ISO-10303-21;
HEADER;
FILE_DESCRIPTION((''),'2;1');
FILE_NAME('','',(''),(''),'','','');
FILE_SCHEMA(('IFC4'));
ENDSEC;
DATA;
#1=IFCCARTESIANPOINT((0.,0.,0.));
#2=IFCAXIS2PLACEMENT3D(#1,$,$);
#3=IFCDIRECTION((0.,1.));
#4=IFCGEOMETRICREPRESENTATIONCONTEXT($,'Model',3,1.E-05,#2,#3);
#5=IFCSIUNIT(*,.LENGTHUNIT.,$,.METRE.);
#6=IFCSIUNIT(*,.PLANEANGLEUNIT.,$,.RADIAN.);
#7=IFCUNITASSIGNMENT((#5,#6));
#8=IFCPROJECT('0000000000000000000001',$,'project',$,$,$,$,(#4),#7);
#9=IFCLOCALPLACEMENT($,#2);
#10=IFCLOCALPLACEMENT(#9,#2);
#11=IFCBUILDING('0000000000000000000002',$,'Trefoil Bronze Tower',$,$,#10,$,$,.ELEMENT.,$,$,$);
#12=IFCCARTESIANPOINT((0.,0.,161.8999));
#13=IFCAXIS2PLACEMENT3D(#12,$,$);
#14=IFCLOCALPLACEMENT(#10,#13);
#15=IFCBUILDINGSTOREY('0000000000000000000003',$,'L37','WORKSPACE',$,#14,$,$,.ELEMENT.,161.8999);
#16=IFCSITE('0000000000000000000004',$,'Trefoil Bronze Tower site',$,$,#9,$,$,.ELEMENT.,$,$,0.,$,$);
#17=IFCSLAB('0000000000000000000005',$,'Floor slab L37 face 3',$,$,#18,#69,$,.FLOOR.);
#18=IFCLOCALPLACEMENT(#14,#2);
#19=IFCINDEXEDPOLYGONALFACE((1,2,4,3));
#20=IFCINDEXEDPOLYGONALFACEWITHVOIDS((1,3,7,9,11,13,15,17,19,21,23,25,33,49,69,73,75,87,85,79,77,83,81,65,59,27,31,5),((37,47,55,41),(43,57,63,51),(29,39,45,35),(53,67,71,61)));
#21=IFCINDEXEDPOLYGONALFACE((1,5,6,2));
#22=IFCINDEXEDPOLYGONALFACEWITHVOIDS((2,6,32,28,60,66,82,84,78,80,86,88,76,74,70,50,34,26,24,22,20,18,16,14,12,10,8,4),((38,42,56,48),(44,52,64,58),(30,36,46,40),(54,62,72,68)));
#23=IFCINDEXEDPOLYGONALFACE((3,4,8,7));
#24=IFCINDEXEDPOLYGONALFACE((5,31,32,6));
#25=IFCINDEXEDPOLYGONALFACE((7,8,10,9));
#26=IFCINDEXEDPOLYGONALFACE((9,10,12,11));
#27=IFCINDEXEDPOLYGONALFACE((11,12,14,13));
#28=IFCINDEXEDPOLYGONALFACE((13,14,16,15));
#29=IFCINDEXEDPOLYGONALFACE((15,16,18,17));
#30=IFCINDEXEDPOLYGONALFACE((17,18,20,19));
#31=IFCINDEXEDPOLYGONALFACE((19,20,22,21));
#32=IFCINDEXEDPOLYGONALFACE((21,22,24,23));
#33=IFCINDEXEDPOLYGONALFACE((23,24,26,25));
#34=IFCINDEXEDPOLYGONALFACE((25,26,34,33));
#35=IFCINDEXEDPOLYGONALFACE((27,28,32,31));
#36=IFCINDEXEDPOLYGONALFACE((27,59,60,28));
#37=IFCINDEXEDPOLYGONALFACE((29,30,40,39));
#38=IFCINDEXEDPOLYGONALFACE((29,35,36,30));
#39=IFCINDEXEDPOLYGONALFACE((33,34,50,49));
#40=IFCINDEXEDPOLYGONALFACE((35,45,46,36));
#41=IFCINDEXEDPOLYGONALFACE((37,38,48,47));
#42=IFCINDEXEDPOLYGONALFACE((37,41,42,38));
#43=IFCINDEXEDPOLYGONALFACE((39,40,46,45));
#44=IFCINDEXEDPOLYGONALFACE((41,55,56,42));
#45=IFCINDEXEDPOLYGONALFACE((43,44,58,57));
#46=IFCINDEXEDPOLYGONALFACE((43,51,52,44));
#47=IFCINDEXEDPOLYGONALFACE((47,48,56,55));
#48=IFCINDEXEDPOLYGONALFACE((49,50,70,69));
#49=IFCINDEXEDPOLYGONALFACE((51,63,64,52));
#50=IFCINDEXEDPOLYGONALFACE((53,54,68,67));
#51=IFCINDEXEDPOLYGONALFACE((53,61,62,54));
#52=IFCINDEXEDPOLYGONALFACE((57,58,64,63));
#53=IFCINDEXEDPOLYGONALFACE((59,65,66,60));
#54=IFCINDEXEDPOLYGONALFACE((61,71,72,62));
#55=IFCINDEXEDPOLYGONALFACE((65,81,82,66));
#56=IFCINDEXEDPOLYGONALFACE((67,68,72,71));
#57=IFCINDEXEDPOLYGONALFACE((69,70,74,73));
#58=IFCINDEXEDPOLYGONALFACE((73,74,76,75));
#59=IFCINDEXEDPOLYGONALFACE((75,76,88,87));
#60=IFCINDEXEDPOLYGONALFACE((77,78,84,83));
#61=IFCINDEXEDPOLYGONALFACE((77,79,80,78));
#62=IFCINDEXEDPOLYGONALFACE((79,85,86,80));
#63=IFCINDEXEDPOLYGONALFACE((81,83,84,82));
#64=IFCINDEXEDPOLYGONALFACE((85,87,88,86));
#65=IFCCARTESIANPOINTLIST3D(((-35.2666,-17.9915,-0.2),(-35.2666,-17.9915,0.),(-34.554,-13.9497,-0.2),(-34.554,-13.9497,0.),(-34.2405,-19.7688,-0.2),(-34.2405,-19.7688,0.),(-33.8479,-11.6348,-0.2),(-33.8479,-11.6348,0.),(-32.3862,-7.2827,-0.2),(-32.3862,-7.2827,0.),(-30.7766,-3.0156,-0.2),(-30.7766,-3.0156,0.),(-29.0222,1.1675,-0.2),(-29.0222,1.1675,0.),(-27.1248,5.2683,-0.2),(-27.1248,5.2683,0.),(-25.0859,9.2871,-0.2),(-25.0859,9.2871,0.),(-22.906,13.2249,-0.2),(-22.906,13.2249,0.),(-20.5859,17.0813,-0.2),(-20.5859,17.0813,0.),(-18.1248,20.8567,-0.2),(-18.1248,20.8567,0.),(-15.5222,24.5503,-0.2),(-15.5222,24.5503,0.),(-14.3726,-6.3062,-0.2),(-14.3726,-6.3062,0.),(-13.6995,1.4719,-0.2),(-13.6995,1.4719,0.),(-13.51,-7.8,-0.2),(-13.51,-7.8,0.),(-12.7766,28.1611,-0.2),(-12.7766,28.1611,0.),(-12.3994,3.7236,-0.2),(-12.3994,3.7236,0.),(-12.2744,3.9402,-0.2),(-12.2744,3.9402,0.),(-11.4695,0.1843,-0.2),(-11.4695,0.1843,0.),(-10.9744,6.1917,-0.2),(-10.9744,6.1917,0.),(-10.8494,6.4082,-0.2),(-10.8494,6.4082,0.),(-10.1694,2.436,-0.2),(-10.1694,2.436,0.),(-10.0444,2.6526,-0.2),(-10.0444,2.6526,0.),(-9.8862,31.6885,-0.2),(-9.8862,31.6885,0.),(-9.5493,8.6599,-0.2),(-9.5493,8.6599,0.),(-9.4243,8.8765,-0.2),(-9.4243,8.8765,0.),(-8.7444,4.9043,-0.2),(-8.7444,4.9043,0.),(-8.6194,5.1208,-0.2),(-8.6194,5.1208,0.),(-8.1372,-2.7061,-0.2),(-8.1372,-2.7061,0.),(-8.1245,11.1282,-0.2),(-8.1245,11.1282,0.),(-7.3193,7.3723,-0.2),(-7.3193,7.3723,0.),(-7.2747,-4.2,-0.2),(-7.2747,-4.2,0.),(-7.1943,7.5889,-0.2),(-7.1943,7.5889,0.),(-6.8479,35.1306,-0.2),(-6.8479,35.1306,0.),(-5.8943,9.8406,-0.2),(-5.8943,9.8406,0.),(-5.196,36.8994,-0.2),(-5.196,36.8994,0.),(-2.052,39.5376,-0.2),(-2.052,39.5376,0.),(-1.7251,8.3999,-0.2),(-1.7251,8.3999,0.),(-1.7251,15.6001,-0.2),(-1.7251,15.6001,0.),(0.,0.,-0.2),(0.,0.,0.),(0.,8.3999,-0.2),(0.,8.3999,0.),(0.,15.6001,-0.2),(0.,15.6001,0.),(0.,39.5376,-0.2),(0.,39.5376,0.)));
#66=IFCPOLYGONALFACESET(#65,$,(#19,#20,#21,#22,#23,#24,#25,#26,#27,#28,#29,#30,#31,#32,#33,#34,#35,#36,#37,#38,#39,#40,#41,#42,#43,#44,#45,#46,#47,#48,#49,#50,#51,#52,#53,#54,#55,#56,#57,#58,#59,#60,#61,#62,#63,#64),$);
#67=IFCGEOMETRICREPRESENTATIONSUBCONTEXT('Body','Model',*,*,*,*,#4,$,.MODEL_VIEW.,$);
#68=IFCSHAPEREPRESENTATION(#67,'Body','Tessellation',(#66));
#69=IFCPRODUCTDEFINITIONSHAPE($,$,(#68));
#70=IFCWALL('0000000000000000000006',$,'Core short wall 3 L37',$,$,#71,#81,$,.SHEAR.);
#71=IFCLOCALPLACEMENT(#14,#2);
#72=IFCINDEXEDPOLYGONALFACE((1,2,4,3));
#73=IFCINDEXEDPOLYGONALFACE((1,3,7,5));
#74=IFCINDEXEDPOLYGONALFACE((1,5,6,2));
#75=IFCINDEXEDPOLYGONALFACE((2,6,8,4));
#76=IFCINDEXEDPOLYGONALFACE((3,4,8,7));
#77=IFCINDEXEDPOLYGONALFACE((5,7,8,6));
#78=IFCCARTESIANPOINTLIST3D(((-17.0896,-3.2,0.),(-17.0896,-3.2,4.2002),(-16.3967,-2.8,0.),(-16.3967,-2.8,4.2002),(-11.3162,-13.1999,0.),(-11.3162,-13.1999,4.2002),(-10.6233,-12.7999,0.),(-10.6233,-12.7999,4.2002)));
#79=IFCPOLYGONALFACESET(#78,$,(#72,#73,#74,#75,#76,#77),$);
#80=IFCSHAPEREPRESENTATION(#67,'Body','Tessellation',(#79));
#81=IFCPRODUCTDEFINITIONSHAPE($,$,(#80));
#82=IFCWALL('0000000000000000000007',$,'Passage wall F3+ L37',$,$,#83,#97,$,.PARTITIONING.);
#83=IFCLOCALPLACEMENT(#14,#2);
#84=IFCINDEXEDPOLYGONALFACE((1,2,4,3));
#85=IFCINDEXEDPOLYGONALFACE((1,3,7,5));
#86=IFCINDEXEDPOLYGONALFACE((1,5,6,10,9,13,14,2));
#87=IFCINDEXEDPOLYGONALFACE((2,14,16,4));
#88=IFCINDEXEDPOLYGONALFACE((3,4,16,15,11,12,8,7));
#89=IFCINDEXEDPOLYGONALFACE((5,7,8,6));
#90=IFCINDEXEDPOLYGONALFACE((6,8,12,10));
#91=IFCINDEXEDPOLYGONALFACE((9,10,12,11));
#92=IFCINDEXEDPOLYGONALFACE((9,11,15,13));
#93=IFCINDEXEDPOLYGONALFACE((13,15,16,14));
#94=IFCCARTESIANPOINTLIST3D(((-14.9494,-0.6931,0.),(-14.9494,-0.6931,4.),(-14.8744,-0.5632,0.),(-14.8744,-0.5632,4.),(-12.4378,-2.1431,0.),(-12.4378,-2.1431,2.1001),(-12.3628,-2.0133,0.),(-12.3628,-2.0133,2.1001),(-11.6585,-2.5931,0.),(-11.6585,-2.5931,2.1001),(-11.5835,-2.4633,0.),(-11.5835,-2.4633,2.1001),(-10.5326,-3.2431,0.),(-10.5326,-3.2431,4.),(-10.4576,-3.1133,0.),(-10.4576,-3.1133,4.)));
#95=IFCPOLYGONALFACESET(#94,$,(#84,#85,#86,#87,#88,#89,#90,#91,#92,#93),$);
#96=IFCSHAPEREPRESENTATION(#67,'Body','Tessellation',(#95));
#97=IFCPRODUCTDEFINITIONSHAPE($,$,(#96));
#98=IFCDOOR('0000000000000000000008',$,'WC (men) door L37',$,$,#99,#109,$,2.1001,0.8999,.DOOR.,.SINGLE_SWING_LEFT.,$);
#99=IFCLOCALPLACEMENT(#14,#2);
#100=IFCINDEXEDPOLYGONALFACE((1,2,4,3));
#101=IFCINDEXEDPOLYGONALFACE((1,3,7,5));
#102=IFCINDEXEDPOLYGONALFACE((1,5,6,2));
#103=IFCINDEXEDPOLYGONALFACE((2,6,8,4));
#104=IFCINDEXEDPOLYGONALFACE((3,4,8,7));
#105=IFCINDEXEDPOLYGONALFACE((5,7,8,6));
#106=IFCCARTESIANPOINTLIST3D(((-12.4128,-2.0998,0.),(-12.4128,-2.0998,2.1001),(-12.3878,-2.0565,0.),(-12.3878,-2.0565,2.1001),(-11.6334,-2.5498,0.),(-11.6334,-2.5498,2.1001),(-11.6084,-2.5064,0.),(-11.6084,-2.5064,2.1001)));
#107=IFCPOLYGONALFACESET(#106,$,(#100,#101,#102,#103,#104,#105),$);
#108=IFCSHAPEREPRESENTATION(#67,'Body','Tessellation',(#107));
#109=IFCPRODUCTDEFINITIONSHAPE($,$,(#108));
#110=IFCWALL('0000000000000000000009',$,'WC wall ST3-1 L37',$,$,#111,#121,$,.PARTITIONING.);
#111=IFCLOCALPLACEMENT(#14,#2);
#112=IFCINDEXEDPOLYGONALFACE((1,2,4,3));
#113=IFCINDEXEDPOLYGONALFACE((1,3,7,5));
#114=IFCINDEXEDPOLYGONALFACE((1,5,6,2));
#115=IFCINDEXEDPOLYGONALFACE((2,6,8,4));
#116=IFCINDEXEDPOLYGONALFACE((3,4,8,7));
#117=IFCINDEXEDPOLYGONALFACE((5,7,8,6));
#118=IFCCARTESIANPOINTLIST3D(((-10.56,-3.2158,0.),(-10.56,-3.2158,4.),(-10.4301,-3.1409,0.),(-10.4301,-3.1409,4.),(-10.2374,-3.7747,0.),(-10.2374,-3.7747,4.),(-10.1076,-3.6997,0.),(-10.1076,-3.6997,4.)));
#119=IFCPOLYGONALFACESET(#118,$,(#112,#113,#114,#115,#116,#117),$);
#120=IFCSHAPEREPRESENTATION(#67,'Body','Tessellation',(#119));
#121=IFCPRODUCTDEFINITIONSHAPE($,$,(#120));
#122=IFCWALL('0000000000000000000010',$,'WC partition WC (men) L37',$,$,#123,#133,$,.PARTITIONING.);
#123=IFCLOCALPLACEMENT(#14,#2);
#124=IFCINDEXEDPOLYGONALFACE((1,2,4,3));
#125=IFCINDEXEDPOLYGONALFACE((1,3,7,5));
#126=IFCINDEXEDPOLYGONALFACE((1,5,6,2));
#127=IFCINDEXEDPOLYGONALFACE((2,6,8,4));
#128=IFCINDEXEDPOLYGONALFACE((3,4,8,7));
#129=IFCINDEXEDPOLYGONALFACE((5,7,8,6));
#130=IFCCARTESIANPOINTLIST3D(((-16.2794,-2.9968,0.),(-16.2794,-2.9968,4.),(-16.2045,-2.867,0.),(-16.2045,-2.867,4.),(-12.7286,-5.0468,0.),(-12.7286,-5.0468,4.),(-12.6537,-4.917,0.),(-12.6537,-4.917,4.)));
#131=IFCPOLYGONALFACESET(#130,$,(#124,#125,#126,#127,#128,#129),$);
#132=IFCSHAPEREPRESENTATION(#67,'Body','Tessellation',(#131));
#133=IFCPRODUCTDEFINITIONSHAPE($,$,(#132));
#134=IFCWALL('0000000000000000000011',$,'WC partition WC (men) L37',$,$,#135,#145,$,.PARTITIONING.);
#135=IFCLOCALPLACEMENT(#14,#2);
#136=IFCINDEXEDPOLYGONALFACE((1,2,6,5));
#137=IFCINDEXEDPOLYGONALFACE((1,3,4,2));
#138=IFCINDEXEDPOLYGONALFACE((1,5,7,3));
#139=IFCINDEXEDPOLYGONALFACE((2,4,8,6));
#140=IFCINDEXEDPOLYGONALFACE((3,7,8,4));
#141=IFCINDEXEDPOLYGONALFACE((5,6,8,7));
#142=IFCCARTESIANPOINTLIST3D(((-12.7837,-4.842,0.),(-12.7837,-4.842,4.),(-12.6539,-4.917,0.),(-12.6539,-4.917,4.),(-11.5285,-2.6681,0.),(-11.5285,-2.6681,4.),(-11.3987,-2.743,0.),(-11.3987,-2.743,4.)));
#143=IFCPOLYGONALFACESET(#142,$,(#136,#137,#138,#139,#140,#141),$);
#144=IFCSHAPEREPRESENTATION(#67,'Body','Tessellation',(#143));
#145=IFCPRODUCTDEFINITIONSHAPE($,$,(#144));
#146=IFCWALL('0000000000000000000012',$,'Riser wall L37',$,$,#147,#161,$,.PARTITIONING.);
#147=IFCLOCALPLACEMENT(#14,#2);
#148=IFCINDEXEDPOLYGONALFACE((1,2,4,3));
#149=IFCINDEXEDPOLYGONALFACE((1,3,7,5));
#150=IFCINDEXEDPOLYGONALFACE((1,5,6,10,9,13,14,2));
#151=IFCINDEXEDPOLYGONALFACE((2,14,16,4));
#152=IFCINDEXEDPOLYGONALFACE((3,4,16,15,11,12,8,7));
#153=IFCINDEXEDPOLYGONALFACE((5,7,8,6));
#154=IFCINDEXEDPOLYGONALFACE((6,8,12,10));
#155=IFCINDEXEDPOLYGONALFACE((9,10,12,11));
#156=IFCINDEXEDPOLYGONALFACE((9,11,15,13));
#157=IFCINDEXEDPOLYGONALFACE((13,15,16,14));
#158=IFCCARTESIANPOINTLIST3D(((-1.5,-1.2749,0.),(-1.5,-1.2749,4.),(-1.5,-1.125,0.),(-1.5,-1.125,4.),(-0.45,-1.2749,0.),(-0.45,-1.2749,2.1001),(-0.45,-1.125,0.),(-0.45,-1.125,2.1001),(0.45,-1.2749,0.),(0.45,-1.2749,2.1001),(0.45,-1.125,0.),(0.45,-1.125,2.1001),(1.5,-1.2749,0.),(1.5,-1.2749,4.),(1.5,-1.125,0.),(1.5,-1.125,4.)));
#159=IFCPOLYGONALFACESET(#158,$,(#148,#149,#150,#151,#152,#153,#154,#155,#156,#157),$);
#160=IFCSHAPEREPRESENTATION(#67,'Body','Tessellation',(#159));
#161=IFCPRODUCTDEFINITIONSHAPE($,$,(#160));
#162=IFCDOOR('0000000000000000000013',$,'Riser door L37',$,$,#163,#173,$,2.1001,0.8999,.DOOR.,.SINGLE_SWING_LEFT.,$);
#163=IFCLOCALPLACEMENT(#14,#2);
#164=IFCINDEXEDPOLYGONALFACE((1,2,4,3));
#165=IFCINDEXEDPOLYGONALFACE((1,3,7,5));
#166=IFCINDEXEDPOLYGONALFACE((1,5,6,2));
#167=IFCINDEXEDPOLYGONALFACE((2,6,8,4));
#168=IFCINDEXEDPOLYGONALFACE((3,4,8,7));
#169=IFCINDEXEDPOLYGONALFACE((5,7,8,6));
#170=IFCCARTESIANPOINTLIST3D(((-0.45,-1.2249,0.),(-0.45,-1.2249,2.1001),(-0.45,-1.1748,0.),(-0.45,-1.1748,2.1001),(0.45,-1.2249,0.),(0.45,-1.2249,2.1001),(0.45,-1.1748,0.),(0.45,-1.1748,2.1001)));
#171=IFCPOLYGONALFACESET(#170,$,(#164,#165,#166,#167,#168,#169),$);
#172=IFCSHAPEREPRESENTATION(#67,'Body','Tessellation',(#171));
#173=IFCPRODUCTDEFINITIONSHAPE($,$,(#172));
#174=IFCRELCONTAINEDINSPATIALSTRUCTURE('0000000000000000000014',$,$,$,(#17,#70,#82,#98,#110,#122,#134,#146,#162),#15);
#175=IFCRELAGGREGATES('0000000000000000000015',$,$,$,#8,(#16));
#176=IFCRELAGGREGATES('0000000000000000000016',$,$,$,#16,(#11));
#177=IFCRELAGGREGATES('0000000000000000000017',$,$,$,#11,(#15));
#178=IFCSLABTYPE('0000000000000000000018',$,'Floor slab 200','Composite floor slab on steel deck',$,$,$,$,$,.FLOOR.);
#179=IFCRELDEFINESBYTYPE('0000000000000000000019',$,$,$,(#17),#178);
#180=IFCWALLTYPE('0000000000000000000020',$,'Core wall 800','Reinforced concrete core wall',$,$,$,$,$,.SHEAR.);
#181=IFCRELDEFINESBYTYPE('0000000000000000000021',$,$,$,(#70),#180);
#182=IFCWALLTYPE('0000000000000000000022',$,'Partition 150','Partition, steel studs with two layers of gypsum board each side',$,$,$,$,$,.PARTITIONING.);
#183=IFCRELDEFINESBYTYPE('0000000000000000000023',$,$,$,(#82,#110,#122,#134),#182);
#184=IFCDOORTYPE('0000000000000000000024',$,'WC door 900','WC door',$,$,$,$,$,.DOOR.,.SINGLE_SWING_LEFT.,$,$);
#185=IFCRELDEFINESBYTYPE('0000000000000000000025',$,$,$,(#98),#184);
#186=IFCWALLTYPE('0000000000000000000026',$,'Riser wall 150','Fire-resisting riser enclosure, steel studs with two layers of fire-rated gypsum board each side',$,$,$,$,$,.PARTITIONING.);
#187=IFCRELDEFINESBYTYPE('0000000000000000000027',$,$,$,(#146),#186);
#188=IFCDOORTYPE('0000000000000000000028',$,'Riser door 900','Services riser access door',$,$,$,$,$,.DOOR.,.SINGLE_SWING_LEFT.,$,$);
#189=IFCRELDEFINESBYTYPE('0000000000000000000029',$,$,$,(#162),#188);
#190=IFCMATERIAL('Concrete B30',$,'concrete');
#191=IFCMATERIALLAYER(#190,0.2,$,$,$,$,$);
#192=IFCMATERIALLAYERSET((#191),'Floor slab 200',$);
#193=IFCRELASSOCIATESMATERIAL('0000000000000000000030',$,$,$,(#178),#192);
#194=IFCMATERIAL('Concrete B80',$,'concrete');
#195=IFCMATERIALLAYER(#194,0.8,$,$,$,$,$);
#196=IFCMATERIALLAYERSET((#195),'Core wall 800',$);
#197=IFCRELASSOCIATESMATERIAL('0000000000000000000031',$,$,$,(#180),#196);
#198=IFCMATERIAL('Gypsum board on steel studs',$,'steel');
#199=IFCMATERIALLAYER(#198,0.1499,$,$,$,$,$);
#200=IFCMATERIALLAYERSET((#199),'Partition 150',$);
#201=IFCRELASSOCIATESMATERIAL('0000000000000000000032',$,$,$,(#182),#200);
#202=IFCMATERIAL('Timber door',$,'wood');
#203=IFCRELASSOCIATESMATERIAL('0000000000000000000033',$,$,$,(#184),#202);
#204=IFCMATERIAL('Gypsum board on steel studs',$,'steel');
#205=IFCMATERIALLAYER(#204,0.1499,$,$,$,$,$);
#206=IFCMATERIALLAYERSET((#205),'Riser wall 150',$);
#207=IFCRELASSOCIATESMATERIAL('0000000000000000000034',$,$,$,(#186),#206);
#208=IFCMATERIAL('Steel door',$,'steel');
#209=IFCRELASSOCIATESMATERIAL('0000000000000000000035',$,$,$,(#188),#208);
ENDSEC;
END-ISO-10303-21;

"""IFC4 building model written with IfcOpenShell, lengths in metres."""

from ifc_helpers import new_model, si_unit, direction, frame, frame_2d, origin, place, context, subcontext, project, spatial, polyline, rectangle, outline, extrude, material, layer, layer_set, type_object, element, fill, save


model = new_model("IFC4")

# Units and contexts
model_context = context("Model", 3, precision=1e-05, world=origin(), true_north=direction((0.0, 1.0)))
body_context = subcontext(model_context, "Body", "Model", "MODEL_VIEW")
ifc_project = project(units=[si_unit("LENGTHUNIT", "METRE"), si_unit("PLANEANGLEUNIT", "RADIAN")], contexts=[model_context])

# Site, building, storey
site_placement = place(None, origin())
site = spatial("IfcSite", under=ifc_project, at=site_placement, Name="Trefoil Bronze Tower site", CompositionType="ELEMENT", RefElevation=0.0)
building_placement = place(site_placement, origin())
building = spatial("IfcBuilding", under=site, at=building_placement, Name="Trefoil Bronze Tower", CompositionType="ELEMENT")
storey_placement = place(building_placement, frame((0.0, 0.0, 161.8999)))
storey = spatial("IfcBuildingStorey", under=building, at=storey_placement, Name="L37", Description="WORKSPACE", CompositionType="ELEMENT", Elevation=161.8999)

# Slab
ifc_material_1 = material(Name="Concrete B30", Category="concrete")
ifc_layer_1 = layer(ifc_material_1, 0.2)
ifc_layer_set_1 = layer_set([ifc_layer_1], Name="Floor slab 200")
slab_type = type_object("IfcSlabType", Name="Floor slab 200", Description="Composite floor slab on steel deck", PredefinedType="FLOOR", material=ifc_layer_set_1)
slab_1_placement = place(storey_placement, frame((0.0, 0.0, -0.2)))
element("IfcSlab", 1, at=slab_1_placement, inside=storey, type_object=slab_type, Name="Floor slab L37 face 3", PredefinedType="FLOOR", context=body_context, shape_type="SweptSolid", body=[
    extrude(outline(polyline([(-32.3862, -7.2827), (-30.7766, -3.0156), (-29.0222, 1.1675), (-27.1248, 5.2683), (-25.0859, 9.2871), (-22.906, 13.2249), (-20.5859, 17.0813), (-18.1248, 20.8567), (-15.5222, 24.5503), (-12.7766, 28.1611), (-9.8862, 31.6885), (-6.8479, 35.1306), (-5.196, 36.8994), (-2.052, 39.5376), (0.0, 39.5376), (0.0, 15.6001), (-1.7251, 15.6001), (-1.7251, 8.3999), (0.0, 8.3999), (0.0, 0.0), (-7.2747, -4.2), (-8.1372, -2.7061), (-14.3726, -6.3062), (-13.51, -7.8), (-34.2405, -19.7688), (-35.2666, -17.9915), (-34.554, -13.9497), (-33.8479, -11.6348), (-32.3862, -7.2827)]), holes=[polyline([(-5.8943, 9.8406), (-7.1943, 7.5889), (-9.4243, 8.8765), (-8.1245, 11.1282), (-5.8943, 9.8406)]), polyline([(-7.3193, 7.3723), (-8.6194, 5.1208), (-10.8494, 6.4082), (-9.5493, 8.6599), (-7.3193, 7.3723)]), polyline([(-8.7444, 4.9043), (-10.0444, 2.6526), (-12.2744, 3.9402), (-10.9744, 6.1917), (-8.7444, 4.9043)]), polyline([(-10.1694, 2.436), (-11.4695, 0.1843), (-13.6995, 1.4719), (-12.3994, 3.7236), (-10.1694, 2.436)])]), origin(), (0.0, 0.0, 1.0), 0.2),
])

# Wall
ifc_material_2 = material(Name="Concrete B80", Category="concrete")
ifc_layer_2 = layer(ifc_material_2, 0.8)
ifc_layer_set_2 = layer_set([ifc_layer_2], Name="Core wall 800")
wall_type_1 = type_object("IfcWallType", Name="Core wall 800", Description="Reinforced concrete core wall", PredefinedType="SHEAR", material=ifc_layer_set_2)
wall_1_placement = place(storey_placement, frame((-16.7432, -3.0, 0.0), z_axis=(0.0, 0.0, 1.0), x_axis=(0.499996, -0.866028, 0.0)))
element("IfcWall", 2, at=wall_1_placement, inside=storey, type_object=wall_type_1, Name="Core short wall 3 L37", PredefinedType="SHEAR", context=body_context, shape_type="SweptSolid", body=[
    extrude(rectangle(XDim=11.5469, YDim=0.8, at=frame_2d((5.7734, 0.0))), origin(), (0.0, 0.0, 1.0), 4.2002),
])

# Wall, opening, door
ifc_material_3 = material(Name="Gypsum board on steel studs", Category="steel")
ifc_layer_3 = layer(ifc_material_3, 0.1499)
ifc_layer_set_3 = layer_set([ifc_layer_3], Name="Partition 150")
wall_type_2 = type_object("IfcWallType", Name="Partition 150", Description="Partition, steel studs with two layers of gypsum board each side", PredefinedType="PARTITIONING", material=ifc_layer_set_3)
wall_2_placement = place(storey_placement, frame((-10.4951, -3.1782, 0.0), z_axis=(0.0, 0.0, 1.0), x_axis=(-0.866022, 0.500006, 0.0)))
wall_2 = element("IfcWall", 3, at=wall_2_placement, inside=storey, type_object=wall_type_2, Name="Passage wall F3+ L37", PredefinedType="PARTITIONING", context=body_context, shape_type="SweptSolid", body=[
    extrude(rectangle(XDim=5.1001, YDim=0.1499, at=frame_2d((2.55, 0.0))), origin(), (0.0, 0.0, 1.0), 4.0),
])
opening_1_placement = place(wall_2_placement, frame((1.3, 0.0, 0.0)))
opening_1 = element("IfcOpeningElement", 4, at=opening_1_placement, cuts=wall_2, PredefinedType="OPENING", context=body_context, shape_type="SweptSolid", body=[
    extrude(rectangle(XDim=0.8999, YDim=2.1001, at=frame_2d((0.45, 1.05))), frame((0.0, 0.085, 0.0), z_axis=(0.0, -1.0, 0.0), x_axis=(1.0, 0.0, 0.0)), (0.0, 0.0, 1.0), 0.1699),
])
ifc_material_4 = material(Name="Timber door", Category="wood")
door_type_1 = type_object("IfcDoorType", Name="WC door 900", Description="WC door", OperationType="SINGLE_SWING_LEFT", PredefinedType="DOOR", material=ifc_material_4)
door_1_placement = place(opening_1_placement, origin())
door_1 = element("IfcDoor", 5, at=door_1_placement, inside=storey, type_object=door_type_1, Name="WC (men) door L37", OperationType="SINGLE_SWING_LEFT", OverallHeight=2.1001, OverallWidth=0.8999, PredefinedType="DOOR", context=body_context, shape_type="SweptSolid", body=[
    extrude(rectangle(XDim=0.8999, YDim=2.1001, at=frame_2d((0.45, 1.05))), frame((0.0, 0.0249, 0.0), z_axis=(0.0, -1.0, 0.0), x_axis=(1.0, 0.0, 0.0)), (0.0, 0.0, 1.0), 0.05),
])
fill(opening_1, door_1)

# Walls
wall_3_placement = place(storey_placement, frame((-10.4951, -3.1782, 0.0), z_axis=(0.0, 0.0, 1.0), x_axis=(0.499843, -0.866116, 0.0)))
element("IfcWall", 6, at=wall_3_placement, inside=storey, type_object=wall_type_2, Name="WC wall ST3-1 L37", PredefinedType="PARTITIONING", context=body_context, shape_type="SweptSolid", body=[
    extrude(rectangle(XDim=0.6453, YDim=0.1499, at=frame_2d((0.3228, 0.0))), origin(), (0.0, 0.0, 1.0), 4.0),
])
wall_4_placement = place(storey_placement, frame((-12.6912, -4.9819, 0.0), z_axis=(0.0, 0.0, 1.0), x_axis=(-0.866025, 0.500001, 0.0)))
element("IfcWall", 7, at=wall_4_placement, inside=storey, type_object=wall_type_2, Name="WC partition WC (men) L37", PredefinedType="PARTITIONING", context=body_context, shape_type="SweptSolid", body=[
    extrude(rectangle(XDim=4.1001, YDim=0.1499, at=frame_2d((2.05, 0.0))), origin(), (0.0, 0.0, 1.0), 4.0),
])
wall_5_placement = place(storey_placement, frame((-11.4636, -2.7056, 0.0), z_axis=(0.0, 0.0, 1.0), x_axis=(-0.50002, -0.866014, 0.0)))
element("IfcWall", 8, at=wall_5_placement, inside=storey, type_object=wall_type_2, Name="WC partition WC (men) L37", PredefinedType="PARTITIONING", context=body_context, shape_type="SweptSolid", body=[
    extrude(rectangle(XDim=2.5103, YDim=0.1499, at=frame_2d((1.2551, 0.0))), origin(), (0.0, 0.0, 1.0), 4.0),
])

# Wall, opening, door
ifc_material_5 = material(Name="Gypsum board on steel studs", Category="steel")
ifc_layer_4 = layer(ifc_material_5, 0.1499)
ifc_layer_set_4 = layer_set([ifc_layer_4], Name="Riser wall 150")
wall_type_3 = type_object("IfcWallType", Name="Riser wall 150", Description="Fire-resisting riser enclosure, steel studs with two layers of fire-rated gypsum board each side", PredefinedType="PARTITIONING", material=ifc_layer_set_4)
wall_6_placement = place(storey_placement, frame((-1.5, -1.2, 0.0), z_axis=(0.0, 0.0, 1.0), x_axis=(1.0, 0.0, 0.0)))
wall_6 = element("IfcWall", 9, at=wall_6_placement, inside=storey, type_object=wall_type_3, Name="Riser wall L37", PredefinedType="PARTITIONING", context=body_context, shape_type="SweptSolid", body=[
    extrude(rectangle(XDim=3.0, YDim=0.1499, at=frame_2d((1.5, 0.0))), origin(), (0.0, 0.0, 1.0), 4.0),
])
opening_2_placement = place(wall_6_placement, frame((1.05, 0.0, 0.0)))
opening_2 = element("IfcOpeningElement", 10, at=opening_2_placement, cuts=wall_6, PredefinedType="OPENING", context=body_context, shape_type="SweptSolid", body=[
    extrude(rectangle(XDim=0.8999, YDim=2.1001, at=frame_2d((0.45, 1.05))), frame((0.0, 0.085, 0.0), z_axis=(0.0, -1.0, 0.0), x_axis=(1.0, 0.0, 0.0)), (0.0, 0.0, 1.0), 0.1699),
])
ifc_material_6 = material(Name="Steel door", Category="steel")
door_type_2 = type_object("IfcDoorType", Name="Riser door 900", Description="Services riser access door", OperationType="SINGLE_SWING_LEFT", PredefinedType="DOOR", material=ifc_material_6)
door_2_placement = place(opening_2_placement, frame((0.8999, 0.0, 0.0), z_axis=(0.0, 0.0, 1.0), x_axis=(-1.0, 0.0, 0.0)))
door_2 = element("IfcDoor", 11, at=door_2_placement, inside=storey, type_object=door_type_2, Name="Riser door L37", OperationType="SINGLE_SWING_LEFT", OverallHeight=2.1001, OverallWidth=0.8999, PredefinedType="DOOR", context=body_context, shape_type="SweptSolid", body=[
    extrude(rectangle(XDim=0.8999, YDim=2.1001, at=frame_2d((0.45, 1.05))), frame((0.0, 0.0249, 0.0), z_axis=(0.0, -1.0, 0.0), x_axis=(1.0, 0.0, 0.0)), (0.0, 0.0, 1.0), 0.05),
])
fill(opening_2, door_2)

save(model, "model.ifc")
